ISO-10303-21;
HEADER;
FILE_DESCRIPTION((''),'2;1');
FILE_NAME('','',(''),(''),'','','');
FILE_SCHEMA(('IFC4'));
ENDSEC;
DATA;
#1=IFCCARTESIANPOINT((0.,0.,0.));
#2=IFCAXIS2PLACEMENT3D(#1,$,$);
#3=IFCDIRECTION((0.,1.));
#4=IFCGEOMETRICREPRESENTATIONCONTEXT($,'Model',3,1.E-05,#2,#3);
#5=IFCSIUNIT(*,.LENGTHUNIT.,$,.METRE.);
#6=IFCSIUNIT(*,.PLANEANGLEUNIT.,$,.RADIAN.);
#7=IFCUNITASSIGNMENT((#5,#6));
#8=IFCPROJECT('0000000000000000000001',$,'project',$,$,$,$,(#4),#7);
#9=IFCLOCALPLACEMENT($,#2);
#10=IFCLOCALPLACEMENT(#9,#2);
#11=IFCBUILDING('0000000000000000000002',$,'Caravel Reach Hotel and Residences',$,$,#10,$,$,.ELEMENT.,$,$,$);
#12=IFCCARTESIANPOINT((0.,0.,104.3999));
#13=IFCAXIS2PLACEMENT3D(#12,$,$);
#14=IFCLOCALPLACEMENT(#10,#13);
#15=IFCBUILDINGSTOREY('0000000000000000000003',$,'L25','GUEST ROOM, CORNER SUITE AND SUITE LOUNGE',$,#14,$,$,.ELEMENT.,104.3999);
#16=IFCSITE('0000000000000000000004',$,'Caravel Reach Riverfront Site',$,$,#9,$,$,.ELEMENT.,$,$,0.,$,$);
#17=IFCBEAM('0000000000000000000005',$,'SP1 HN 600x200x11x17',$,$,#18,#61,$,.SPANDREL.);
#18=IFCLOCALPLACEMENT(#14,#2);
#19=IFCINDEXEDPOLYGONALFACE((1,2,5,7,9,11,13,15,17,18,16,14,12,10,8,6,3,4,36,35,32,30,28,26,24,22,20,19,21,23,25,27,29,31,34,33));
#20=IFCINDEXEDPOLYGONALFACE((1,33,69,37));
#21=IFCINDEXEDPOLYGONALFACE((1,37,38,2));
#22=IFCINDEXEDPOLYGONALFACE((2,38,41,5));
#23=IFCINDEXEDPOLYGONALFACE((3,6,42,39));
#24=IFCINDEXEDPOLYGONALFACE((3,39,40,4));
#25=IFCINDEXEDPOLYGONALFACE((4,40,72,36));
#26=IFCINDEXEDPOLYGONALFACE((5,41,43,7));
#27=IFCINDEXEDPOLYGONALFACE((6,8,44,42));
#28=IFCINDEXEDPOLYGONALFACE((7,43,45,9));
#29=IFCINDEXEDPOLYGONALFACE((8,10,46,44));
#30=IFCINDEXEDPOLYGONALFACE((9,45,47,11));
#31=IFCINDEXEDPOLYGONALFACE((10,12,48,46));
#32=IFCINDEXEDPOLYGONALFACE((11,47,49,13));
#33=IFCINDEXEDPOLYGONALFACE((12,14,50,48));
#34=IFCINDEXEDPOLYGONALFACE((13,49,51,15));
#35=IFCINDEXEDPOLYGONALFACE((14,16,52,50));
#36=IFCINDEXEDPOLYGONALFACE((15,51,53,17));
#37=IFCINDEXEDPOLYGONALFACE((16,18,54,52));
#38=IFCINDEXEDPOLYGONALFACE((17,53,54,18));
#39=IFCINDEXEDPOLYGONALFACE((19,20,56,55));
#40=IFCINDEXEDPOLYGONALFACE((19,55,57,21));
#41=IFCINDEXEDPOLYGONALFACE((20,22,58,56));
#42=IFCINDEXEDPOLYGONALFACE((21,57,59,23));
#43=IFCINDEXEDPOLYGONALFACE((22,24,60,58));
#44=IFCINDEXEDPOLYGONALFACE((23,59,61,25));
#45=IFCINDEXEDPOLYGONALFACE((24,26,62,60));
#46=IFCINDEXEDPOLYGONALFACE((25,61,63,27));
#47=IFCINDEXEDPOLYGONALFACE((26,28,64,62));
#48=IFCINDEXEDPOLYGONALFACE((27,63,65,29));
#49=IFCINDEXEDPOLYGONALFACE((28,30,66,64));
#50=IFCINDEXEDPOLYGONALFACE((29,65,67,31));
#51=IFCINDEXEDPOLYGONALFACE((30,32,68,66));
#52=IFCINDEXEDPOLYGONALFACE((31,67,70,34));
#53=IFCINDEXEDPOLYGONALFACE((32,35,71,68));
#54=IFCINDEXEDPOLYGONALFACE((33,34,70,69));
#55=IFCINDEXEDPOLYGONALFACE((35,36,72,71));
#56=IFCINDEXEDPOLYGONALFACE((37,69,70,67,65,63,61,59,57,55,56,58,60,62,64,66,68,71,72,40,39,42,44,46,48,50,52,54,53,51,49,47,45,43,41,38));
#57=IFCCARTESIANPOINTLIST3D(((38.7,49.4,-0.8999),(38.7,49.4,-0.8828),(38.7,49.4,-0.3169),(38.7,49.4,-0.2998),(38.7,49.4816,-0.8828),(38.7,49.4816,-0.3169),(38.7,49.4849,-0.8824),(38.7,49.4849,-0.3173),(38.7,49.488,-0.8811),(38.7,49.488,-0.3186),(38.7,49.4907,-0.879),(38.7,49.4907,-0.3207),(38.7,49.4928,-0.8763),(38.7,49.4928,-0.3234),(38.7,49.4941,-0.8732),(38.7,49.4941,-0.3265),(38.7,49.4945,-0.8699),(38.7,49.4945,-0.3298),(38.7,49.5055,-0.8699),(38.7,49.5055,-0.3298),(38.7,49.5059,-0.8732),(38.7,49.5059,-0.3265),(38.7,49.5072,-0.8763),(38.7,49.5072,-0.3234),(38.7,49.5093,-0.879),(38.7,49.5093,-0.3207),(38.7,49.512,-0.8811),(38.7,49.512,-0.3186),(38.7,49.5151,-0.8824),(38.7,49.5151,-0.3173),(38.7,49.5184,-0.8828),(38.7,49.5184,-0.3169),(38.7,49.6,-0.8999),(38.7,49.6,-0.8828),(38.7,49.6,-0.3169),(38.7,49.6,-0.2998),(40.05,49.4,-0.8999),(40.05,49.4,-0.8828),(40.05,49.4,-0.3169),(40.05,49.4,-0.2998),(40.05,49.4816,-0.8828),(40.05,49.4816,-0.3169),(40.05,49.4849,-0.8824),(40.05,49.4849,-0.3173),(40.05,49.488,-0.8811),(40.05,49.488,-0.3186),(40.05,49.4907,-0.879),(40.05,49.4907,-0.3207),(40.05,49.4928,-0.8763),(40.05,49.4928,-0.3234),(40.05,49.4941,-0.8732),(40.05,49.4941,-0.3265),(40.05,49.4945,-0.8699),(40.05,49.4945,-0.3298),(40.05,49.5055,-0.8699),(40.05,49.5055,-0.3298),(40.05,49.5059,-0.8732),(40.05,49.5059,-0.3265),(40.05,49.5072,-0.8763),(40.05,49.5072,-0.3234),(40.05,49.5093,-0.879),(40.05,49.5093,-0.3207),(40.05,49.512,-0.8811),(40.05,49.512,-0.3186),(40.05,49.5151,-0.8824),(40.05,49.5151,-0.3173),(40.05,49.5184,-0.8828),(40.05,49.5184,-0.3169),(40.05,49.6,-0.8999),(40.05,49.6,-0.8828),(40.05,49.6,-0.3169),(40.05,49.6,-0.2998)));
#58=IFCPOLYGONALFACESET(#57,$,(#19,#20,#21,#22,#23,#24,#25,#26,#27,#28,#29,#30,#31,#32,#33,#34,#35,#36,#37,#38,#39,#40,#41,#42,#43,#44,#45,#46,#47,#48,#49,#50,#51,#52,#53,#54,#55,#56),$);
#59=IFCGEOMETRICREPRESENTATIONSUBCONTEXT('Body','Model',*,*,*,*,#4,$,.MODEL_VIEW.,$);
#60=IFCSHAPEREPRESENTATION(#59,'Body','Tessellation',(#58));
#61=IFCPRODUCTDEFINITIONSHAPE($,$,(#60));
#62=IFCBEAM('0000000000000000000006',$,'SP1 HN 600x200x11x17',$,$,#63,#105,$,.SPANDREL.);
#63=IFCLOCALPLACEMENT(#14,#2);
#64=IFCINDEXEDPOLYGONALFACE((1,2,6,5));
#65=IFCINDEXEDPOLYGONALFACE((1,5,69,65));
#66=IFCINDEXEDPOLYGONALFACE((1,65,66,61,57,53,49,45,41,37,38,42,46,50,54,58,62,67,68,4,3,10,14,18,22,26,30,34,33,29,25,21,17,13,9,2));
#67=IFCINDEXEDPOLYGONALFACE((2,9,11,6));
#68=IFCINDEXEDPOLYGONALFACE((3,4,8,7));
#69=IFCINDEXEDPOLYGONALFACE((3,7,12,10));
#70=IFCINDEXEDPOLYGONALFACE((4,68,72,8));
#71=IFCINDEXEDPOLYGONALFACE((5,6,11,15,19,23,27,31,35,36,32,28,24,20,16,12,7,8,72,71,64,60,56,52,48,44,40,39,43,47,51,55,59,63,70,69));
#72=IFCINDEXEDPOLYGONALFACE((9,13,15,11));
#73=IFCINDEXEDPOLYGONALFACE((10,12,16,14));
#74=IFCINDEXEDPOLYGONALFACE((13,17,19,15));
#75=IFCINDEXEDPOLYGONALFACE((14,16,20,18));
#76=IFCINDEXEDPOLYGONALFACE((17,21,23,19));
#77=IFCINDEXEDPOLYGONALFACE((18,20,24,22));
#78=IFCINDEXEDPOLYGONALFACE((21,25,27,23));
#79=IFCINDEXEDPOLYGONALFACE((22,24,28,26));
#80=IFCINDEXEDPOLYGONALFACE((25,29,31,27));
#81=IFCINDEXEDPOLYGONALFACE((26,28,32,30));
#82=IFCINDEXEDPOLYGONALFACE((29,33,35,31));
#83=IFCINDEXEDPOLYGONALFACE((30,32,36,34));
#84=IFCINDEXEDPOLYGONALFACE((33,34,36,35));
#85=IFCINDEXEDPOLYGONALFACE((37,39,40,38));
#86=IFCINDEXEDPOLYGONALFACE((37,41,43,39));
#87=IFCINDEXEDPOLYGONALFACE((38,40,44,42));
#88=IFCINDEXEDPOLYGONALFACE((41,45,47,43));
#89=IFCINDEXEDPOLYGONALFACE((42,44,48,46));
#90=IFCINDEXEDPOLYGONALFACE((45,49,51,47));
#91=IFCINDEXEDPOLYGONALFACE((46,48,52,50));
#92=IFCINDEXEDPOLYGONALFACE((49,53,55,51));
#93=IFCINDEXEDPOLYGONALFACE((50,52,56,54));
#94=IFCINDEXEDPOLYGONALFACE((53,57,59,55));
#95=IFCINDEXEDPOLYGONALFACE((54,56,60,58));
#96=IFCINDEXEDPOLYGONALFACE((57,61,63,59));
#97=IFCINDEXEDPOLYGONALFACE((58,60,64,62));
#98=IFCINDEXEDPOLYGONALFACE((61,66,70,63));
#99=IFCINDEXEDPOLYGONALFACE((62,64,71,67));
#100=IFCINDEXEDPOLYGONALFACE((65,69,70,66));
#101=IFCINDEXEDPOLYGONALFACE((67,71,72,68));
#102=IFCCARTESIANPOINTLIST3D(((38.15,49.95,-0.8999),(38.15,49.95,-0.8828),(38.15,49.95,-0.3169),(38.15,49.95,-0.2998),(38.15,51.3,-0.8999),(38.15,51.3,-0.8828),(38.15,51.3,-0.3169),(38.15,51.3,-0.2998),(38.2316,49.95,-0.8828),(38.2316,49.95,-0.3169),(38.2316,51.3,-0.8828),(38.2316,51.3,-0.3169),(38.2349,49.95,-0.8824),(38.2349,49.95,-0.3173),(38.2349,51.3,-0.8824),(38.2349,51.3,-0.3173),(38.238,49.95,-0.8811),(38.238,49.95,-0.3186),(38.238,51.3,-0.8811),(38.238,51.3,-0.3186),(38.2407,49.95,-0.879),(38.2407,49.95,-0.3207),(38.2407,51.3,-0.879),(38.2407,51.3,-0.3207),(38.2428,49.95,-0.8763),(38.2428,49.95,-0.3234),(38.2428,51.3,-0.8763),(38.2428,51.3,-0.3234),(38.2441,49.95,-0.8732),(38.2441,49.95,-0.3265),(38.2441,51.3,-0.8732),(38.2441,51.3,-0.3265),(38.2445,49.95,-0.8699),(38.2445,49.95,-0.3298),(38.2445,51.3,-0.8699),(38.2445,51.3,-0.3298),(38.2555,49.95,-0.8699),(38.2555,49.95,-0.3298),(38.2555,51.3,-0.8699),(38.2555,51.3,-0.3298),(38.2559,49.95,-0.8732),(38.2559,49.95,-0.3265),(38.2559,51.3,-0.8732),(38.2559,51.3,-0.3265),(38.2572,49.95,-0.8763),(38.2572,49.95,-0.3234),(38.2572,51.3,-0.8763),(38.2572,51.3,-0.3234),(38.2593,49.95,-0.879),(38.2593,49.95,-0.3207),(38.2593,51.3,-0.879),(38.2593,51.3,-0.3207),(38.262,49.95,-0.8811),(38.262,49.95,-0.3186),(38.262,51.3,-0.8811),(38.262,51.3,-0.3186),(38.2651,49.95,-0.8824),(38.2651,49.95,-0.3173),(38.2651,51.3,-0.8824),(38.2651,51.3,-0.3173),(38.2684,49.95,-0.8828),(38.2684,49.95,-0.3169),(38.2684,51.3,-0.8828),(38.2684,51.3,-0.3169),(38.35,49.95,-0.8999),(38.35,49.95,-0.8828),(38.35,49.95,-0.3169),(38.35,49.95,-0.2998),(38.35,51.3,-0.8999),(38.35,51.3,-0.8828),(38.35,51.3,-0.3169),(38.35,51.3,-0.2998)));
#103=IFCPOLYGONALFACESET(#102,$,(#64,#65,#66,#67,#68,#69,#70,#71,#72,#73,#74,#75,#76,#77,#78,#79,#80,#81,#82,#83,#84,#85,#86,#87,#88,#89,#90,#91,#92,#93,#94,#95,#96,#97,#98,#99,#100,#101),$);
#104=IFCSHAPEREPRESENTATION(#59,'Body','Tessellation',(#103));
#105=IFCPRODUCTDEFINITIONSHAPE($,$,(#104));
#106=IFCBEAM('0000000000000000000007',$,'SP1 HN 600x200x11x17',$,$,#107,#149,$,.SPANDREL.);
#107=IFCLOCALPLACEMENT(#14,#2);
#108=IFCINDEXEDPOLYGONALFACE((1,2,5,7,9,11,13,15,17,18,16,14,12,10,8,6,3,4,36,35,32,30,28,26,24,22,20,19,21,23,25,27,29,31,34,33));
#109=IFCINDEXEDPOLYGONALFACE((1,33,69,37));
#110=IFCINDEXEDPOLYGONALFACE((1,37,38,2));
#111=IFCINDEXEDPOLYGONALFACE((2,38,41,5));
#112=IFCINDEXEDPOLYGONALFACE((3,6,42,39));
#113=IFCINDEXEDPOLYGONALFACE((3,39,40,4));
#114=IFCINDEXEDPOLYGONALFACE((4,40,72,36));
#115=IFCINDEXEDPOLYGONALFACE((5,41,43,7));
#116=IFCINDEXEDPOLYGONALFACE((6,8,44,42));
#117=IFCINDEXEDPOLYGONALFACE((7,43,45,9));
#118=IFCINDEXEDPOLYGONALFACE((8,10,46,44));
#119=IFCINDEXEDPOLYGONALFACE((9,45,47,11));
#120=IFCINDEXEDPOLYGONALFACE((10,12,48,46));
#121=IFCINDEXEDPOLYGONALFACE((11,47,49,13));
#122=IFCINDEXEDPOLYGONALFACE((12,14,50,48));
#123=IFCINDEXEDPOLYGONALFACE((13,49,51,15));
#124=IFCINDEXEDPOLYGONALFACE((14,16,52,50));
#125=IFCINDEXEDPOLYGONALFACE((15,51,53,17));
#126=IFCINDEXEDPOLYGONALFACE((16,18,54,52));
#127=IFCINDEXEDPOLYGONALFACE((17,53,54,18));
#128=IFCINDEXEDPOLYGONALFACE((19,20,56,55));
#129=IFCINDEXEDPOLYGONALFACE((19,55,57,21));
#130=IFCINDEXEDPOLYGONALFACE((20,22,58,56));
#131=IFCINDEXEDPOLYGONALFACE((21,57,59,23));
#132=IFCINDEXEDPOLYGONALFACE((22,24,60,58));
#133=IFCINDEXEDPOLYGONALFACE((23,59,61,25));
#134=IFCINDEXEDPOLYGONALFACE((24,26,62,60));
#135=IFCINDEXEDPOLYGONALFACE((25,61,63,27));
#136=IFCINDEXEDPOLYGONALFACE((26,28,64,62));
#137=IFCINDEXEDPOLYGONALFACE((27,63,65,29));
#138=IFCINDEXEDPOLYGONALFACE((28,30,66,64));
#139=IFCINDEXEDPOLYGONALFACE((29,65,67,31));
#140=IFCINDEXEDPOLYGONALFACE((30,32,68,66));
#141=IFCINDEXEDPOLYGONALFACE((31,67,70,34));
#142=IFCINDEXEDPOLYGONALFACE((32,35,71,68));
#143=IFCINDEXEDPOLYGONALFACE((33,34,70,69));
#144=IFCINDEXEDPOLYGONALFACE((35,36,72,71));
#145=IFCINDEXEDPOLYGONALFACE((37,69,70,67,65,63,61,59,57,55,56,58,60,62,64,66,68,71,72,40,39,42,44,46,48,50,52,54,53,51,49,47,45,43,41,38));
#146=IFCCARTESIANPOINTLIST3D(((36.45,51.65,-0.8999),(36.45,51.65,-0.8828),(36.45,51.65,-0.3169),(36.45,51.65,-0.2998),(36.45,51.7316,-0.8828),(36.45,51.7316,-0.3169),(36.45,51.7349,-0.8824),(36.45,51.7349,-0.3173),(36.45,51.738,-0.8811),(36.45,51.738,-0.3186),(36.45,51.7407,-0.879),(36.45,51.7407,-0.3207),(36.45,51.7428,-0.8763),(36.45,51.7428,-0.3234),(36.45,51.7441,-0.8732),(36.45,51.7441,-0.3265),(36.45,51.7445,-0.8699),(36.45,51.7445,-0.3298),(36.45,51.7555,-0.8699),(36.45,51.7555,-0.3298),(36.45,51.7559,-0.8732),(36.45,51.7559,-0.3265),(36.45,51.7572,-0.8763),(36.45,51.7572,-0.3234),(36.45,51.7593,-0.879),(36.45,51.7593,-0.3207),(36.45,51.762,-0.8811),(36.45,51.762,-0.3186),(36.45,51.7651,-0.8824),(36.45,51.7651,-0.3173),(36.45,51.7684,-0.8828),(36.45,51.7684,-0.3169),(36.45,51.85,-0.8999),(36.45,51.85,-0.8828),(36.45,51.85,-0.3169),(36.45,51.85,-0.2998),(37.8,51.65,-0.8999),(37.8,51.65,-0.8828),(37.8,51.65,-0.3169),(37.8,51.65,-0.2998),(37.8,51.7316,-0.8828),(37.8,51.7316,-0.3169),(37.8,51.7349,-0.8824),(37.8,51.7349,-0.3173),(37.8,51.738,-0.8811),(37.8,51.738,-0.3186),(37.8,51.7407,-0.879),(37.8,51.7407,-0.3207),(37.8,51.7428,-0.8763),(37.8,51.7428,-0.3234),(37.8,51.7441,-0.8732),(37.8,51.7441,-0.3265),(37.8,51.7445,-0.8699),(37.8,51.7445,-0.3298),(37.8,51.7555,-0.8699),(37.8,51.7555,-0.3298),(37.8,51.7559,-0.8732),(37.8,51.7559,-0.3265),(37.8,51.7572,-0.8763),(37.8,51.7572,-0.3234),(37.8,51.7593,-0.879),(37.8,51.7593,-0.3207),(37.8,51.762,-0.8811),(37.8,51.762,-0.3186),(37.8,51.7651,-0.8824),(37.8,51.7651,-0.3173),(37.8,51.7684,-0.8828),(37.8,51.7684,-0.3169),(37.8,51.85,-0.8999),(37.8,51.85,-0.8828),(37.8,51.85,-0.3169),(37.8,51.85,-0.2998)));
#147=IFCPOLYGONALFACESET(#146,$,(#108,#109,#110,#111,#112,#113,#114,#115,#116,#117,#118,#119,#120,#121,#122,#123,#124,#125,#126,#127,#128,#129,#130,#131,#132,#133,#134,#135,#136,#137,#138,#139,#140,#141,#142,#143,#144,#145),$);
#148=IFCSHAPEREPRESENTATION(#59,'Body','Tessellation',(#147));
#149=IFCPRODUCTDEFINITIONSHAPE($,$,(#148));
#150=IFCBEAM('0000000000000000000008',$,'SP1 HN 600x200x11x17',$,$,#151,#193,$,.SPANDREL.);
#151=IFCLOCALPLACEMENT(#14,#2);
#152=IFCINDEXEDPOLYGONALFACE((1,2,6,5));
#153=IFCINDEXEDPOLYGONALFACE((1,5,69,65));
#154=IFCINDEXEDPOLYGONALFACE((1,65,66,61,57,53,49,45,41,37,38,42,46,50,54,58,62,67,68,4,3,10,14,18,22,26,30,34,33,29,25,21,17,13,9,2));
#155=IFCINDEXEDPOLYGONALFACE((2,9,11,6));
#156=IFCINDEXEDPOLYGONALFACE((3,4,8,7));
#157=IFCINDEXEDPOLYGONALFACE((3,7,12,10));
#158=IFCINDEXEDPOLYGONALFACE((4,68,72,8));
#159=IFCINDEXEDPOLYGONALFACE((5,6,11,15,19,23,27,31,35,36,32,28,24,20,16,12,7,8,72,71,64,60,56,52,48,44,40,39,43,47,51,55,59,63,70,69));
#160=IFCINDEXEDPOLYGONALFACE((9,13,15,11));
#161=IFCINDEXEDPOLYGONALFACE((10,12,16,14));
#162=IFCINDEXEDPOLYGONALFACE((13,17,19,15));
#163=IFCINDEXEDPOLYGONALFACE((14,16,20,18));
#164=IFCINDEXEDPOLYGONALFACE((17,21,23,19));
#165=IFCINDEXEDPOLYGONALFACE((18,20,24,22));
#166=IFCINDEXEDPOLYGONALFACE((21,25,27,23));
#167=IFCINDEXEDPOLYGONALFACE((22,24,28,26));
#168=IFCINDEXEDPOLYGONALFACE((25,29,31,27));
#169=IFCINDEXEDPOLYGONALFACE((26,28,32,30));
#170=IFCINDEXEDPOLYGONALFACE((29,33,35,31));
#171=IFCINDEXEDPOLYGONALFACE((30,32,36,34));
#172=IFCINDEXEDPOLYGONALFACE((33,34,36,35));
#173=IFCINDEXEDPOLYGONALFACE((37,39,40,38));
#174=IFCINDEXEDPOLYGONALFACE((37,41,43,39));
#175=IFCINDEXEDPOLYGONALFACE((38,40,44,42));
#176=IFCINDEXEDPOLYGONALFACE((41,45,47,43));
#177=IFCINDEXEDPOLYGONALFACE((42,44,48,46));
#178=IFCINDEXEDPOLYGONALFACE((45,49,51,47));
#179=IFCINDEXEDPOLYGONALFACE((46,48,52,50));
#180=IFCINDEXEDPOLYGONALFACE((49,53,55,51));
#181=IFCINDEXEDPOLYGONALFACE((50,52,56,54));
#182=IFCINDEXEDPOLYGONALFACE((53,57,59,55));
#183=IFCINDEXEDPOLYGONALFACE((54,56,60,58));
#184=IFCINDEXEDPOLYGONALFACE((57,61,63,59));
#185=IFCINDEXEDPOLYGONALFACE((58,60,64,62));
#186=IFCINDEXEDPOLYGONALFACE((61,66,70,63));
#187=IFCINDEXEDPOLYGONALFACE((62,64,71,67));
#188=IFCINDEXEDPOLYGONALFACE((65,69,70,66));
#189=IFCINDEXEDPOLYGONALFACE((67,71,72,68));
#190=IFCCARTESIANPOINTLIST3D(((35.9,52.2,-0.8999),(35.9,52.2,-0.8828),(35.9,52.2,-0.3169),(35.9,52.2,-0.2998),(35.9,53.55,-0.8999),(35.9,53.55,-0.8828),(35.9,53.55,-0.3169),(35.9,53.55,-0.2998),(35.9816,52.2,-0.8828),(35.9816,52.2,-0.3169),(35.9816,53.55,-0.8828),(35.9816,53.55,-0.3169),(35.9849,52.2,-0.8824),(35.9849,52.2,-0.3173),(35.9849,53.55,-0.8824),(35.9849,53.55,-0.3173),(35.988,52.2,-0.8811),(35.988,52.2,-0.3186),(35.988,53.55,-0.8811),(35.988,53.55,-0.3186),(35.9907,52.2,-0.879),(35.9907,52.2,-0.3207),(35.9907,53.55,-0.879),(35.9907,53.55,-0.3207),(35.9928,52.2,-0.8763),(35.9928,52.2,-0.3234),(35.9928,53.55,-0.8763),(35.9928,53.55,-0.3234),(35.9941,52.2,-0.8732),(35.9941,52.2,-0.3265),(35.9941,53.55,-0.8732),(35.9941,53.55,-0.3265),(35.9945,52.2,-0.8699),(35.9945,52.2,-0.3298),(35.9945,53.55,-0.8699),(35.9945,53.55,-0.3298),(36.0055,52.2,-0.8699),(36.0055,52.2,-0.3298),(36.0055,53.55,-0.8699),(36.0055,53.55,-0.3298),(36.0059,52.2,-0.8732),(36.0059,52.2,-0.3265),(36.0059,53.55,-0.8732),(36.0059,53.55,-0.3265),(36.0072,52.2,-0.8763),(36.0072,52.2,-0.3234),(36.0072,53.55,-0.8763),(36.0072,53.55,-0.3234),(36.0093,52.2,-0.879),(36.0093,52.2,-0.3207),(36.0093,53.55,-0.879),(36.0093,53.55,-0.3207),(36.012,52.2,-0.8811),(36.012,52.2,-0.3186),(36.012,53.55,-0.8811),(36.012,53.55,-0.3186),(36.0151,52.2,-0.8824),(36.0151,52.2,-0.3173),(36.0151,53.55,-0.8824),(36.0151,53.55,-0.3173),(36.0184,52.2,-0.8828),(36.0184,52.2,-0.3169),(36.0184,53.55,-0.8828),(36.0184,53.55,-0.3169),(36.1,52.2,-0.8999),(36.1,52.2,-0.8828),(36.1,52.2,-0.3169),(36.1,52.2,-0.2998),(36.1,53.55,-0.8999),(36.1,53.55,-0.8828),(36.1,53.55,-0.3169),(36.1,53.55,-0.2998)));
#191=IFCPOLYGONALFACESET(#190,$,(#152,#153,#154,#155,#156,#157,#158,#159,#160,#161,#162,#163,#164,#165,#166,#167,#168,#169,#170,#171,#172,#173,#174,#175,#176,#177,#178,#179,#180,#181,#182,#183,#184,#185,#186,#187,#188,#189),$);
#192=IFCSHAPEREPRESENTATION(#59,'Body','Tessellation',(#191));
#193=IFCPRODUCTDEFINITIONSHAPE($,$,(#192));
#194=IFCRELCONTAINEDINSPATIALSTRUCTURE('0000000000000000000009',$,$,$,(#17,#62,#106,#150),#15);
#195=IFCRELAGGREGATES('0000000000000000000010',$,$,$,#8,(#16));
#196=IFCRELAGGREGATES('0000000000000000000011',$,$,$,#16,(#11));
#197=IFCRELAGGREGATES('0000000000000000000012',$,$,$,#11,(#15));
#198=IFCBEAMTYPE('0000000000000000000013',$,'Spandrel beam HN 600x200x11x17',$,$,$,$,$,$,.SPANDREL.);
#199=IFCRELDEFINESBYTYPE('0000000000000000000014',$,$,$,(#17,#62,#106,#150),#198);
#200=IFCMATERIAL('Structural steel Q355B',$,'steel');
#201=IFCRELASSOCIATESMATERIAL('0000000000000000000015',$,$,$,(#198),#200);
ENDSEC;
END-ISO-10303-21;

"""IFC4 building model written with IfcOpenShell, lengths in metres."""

from ifc_helpers import new_model, si_unit, direction, frame, origin, origin_2d, place, context, subcontext, project, spatial, i_section, extrude, material, material_profile, profile_set, type_object, element, save


model = new_model("IFC4")

# Units and contexts
model_context = context("Model", 3, precision=1e-05, world=origin(), true_north=direction((0.0, 1.0)))
body_context = subcontext(model_context, "Body", "Model", "MODEL_VIEW")
ifc_project = project(units=[si_unit("LENGTHUNIT", "METRE"), si_unit("PLANEANGLEUNIT", "RADIAN")], contexts=[model_context])

# Site, building, storey
site_placement = place(None, origin())
site = spatial("IfcSite", under=ifc_project, at=site_placement, Name="Caravel Reach Riverfront Site", CompositionType="ELEMENT", RefElevation=0.0)
building_placement = place(site_placement, origin())
building = spatial("IfcBuilding", under=site, at=building_placement, Name="Caravel Reach Hotel and Residences", CompositionType="ELEMENT")
storey_placement = place(building_placement, frame((0.0, 0.0, 104.3999)))
storey = spatial("IfcBuildingStorey", under=building, at=storey_placement, Name="L25", Description="GUEST ROOM, CORNER SUITE AND SUITE LOUNGE", CompositionType="ELEMENT", Elevation=104.3999)

# Beams
ifc_material_1 = material(Name="Structural steel Q355B", Category="steel")
ifc_material_profile_1 = material_profile(ifc_material_1, i_section(OverallWidth=0.2, OverallDepth=0.6001, WebThickness=0.011, FlangeThickness=0.0171, FilletRadius=0.0129, at=origin_2d()), Name="HN 600x200x11x17")
ifc_profile_set_1 = profile_set([ifc_material_profile_1], Name="Structural steel Q355B")
beam_type_1 = type_object("IfcBeamType", Name="Spandrel beam HN 600x200x11x17", PredefinedType="SPANDREL", material=ifc_profile_set_1)
for number, where, z_axis, x_axis, name in (
    (1, (40.05, 49.5, -0.5999), (-1.0, 0.0, 0.0), (0.0, -1.0, 0.0), "SP1 HN 600x200x11x17"),
    (2, (38.25, 49.95, -0.5999), (0.0, 1.0, 0.0), (-1.0, 0.0, 0.0), "SP1 HN 600x200x11x17"),
    (3, (37.8, 51.75, -0.5999), (-1.0, 0.0, 0.0), (0.0, -1.0, 0.0), "SP1 HN 600x200x11x17"),
    (4, (36.0, 52.2, -0.5999), (0.0, 1.0, 0.0), (-1.0, 0.0, 0.0), "SP1 HN 600x200x11x17"),
):
    element("IfcBeam", number, at=place(storey_placement, frame(where, z_axis=z_axis, x_axis=x_axis)), inside=storey, type_object=beam_type_1, Name=name, PredefinedType="SPANDREL", context=body_context, shape_type="SweptSolid", body=[
        extrude(i_section(OverallWidth=0.2, OverallDepth=0.6001, WebThickness=0.011, FlangeThickness=0.0171, FilletRadius=0.0129, at=origin_2d()), origin(), (0.0, 0.0, 1.0), 1.3501),
    ])

save(model, "model.ifc")
